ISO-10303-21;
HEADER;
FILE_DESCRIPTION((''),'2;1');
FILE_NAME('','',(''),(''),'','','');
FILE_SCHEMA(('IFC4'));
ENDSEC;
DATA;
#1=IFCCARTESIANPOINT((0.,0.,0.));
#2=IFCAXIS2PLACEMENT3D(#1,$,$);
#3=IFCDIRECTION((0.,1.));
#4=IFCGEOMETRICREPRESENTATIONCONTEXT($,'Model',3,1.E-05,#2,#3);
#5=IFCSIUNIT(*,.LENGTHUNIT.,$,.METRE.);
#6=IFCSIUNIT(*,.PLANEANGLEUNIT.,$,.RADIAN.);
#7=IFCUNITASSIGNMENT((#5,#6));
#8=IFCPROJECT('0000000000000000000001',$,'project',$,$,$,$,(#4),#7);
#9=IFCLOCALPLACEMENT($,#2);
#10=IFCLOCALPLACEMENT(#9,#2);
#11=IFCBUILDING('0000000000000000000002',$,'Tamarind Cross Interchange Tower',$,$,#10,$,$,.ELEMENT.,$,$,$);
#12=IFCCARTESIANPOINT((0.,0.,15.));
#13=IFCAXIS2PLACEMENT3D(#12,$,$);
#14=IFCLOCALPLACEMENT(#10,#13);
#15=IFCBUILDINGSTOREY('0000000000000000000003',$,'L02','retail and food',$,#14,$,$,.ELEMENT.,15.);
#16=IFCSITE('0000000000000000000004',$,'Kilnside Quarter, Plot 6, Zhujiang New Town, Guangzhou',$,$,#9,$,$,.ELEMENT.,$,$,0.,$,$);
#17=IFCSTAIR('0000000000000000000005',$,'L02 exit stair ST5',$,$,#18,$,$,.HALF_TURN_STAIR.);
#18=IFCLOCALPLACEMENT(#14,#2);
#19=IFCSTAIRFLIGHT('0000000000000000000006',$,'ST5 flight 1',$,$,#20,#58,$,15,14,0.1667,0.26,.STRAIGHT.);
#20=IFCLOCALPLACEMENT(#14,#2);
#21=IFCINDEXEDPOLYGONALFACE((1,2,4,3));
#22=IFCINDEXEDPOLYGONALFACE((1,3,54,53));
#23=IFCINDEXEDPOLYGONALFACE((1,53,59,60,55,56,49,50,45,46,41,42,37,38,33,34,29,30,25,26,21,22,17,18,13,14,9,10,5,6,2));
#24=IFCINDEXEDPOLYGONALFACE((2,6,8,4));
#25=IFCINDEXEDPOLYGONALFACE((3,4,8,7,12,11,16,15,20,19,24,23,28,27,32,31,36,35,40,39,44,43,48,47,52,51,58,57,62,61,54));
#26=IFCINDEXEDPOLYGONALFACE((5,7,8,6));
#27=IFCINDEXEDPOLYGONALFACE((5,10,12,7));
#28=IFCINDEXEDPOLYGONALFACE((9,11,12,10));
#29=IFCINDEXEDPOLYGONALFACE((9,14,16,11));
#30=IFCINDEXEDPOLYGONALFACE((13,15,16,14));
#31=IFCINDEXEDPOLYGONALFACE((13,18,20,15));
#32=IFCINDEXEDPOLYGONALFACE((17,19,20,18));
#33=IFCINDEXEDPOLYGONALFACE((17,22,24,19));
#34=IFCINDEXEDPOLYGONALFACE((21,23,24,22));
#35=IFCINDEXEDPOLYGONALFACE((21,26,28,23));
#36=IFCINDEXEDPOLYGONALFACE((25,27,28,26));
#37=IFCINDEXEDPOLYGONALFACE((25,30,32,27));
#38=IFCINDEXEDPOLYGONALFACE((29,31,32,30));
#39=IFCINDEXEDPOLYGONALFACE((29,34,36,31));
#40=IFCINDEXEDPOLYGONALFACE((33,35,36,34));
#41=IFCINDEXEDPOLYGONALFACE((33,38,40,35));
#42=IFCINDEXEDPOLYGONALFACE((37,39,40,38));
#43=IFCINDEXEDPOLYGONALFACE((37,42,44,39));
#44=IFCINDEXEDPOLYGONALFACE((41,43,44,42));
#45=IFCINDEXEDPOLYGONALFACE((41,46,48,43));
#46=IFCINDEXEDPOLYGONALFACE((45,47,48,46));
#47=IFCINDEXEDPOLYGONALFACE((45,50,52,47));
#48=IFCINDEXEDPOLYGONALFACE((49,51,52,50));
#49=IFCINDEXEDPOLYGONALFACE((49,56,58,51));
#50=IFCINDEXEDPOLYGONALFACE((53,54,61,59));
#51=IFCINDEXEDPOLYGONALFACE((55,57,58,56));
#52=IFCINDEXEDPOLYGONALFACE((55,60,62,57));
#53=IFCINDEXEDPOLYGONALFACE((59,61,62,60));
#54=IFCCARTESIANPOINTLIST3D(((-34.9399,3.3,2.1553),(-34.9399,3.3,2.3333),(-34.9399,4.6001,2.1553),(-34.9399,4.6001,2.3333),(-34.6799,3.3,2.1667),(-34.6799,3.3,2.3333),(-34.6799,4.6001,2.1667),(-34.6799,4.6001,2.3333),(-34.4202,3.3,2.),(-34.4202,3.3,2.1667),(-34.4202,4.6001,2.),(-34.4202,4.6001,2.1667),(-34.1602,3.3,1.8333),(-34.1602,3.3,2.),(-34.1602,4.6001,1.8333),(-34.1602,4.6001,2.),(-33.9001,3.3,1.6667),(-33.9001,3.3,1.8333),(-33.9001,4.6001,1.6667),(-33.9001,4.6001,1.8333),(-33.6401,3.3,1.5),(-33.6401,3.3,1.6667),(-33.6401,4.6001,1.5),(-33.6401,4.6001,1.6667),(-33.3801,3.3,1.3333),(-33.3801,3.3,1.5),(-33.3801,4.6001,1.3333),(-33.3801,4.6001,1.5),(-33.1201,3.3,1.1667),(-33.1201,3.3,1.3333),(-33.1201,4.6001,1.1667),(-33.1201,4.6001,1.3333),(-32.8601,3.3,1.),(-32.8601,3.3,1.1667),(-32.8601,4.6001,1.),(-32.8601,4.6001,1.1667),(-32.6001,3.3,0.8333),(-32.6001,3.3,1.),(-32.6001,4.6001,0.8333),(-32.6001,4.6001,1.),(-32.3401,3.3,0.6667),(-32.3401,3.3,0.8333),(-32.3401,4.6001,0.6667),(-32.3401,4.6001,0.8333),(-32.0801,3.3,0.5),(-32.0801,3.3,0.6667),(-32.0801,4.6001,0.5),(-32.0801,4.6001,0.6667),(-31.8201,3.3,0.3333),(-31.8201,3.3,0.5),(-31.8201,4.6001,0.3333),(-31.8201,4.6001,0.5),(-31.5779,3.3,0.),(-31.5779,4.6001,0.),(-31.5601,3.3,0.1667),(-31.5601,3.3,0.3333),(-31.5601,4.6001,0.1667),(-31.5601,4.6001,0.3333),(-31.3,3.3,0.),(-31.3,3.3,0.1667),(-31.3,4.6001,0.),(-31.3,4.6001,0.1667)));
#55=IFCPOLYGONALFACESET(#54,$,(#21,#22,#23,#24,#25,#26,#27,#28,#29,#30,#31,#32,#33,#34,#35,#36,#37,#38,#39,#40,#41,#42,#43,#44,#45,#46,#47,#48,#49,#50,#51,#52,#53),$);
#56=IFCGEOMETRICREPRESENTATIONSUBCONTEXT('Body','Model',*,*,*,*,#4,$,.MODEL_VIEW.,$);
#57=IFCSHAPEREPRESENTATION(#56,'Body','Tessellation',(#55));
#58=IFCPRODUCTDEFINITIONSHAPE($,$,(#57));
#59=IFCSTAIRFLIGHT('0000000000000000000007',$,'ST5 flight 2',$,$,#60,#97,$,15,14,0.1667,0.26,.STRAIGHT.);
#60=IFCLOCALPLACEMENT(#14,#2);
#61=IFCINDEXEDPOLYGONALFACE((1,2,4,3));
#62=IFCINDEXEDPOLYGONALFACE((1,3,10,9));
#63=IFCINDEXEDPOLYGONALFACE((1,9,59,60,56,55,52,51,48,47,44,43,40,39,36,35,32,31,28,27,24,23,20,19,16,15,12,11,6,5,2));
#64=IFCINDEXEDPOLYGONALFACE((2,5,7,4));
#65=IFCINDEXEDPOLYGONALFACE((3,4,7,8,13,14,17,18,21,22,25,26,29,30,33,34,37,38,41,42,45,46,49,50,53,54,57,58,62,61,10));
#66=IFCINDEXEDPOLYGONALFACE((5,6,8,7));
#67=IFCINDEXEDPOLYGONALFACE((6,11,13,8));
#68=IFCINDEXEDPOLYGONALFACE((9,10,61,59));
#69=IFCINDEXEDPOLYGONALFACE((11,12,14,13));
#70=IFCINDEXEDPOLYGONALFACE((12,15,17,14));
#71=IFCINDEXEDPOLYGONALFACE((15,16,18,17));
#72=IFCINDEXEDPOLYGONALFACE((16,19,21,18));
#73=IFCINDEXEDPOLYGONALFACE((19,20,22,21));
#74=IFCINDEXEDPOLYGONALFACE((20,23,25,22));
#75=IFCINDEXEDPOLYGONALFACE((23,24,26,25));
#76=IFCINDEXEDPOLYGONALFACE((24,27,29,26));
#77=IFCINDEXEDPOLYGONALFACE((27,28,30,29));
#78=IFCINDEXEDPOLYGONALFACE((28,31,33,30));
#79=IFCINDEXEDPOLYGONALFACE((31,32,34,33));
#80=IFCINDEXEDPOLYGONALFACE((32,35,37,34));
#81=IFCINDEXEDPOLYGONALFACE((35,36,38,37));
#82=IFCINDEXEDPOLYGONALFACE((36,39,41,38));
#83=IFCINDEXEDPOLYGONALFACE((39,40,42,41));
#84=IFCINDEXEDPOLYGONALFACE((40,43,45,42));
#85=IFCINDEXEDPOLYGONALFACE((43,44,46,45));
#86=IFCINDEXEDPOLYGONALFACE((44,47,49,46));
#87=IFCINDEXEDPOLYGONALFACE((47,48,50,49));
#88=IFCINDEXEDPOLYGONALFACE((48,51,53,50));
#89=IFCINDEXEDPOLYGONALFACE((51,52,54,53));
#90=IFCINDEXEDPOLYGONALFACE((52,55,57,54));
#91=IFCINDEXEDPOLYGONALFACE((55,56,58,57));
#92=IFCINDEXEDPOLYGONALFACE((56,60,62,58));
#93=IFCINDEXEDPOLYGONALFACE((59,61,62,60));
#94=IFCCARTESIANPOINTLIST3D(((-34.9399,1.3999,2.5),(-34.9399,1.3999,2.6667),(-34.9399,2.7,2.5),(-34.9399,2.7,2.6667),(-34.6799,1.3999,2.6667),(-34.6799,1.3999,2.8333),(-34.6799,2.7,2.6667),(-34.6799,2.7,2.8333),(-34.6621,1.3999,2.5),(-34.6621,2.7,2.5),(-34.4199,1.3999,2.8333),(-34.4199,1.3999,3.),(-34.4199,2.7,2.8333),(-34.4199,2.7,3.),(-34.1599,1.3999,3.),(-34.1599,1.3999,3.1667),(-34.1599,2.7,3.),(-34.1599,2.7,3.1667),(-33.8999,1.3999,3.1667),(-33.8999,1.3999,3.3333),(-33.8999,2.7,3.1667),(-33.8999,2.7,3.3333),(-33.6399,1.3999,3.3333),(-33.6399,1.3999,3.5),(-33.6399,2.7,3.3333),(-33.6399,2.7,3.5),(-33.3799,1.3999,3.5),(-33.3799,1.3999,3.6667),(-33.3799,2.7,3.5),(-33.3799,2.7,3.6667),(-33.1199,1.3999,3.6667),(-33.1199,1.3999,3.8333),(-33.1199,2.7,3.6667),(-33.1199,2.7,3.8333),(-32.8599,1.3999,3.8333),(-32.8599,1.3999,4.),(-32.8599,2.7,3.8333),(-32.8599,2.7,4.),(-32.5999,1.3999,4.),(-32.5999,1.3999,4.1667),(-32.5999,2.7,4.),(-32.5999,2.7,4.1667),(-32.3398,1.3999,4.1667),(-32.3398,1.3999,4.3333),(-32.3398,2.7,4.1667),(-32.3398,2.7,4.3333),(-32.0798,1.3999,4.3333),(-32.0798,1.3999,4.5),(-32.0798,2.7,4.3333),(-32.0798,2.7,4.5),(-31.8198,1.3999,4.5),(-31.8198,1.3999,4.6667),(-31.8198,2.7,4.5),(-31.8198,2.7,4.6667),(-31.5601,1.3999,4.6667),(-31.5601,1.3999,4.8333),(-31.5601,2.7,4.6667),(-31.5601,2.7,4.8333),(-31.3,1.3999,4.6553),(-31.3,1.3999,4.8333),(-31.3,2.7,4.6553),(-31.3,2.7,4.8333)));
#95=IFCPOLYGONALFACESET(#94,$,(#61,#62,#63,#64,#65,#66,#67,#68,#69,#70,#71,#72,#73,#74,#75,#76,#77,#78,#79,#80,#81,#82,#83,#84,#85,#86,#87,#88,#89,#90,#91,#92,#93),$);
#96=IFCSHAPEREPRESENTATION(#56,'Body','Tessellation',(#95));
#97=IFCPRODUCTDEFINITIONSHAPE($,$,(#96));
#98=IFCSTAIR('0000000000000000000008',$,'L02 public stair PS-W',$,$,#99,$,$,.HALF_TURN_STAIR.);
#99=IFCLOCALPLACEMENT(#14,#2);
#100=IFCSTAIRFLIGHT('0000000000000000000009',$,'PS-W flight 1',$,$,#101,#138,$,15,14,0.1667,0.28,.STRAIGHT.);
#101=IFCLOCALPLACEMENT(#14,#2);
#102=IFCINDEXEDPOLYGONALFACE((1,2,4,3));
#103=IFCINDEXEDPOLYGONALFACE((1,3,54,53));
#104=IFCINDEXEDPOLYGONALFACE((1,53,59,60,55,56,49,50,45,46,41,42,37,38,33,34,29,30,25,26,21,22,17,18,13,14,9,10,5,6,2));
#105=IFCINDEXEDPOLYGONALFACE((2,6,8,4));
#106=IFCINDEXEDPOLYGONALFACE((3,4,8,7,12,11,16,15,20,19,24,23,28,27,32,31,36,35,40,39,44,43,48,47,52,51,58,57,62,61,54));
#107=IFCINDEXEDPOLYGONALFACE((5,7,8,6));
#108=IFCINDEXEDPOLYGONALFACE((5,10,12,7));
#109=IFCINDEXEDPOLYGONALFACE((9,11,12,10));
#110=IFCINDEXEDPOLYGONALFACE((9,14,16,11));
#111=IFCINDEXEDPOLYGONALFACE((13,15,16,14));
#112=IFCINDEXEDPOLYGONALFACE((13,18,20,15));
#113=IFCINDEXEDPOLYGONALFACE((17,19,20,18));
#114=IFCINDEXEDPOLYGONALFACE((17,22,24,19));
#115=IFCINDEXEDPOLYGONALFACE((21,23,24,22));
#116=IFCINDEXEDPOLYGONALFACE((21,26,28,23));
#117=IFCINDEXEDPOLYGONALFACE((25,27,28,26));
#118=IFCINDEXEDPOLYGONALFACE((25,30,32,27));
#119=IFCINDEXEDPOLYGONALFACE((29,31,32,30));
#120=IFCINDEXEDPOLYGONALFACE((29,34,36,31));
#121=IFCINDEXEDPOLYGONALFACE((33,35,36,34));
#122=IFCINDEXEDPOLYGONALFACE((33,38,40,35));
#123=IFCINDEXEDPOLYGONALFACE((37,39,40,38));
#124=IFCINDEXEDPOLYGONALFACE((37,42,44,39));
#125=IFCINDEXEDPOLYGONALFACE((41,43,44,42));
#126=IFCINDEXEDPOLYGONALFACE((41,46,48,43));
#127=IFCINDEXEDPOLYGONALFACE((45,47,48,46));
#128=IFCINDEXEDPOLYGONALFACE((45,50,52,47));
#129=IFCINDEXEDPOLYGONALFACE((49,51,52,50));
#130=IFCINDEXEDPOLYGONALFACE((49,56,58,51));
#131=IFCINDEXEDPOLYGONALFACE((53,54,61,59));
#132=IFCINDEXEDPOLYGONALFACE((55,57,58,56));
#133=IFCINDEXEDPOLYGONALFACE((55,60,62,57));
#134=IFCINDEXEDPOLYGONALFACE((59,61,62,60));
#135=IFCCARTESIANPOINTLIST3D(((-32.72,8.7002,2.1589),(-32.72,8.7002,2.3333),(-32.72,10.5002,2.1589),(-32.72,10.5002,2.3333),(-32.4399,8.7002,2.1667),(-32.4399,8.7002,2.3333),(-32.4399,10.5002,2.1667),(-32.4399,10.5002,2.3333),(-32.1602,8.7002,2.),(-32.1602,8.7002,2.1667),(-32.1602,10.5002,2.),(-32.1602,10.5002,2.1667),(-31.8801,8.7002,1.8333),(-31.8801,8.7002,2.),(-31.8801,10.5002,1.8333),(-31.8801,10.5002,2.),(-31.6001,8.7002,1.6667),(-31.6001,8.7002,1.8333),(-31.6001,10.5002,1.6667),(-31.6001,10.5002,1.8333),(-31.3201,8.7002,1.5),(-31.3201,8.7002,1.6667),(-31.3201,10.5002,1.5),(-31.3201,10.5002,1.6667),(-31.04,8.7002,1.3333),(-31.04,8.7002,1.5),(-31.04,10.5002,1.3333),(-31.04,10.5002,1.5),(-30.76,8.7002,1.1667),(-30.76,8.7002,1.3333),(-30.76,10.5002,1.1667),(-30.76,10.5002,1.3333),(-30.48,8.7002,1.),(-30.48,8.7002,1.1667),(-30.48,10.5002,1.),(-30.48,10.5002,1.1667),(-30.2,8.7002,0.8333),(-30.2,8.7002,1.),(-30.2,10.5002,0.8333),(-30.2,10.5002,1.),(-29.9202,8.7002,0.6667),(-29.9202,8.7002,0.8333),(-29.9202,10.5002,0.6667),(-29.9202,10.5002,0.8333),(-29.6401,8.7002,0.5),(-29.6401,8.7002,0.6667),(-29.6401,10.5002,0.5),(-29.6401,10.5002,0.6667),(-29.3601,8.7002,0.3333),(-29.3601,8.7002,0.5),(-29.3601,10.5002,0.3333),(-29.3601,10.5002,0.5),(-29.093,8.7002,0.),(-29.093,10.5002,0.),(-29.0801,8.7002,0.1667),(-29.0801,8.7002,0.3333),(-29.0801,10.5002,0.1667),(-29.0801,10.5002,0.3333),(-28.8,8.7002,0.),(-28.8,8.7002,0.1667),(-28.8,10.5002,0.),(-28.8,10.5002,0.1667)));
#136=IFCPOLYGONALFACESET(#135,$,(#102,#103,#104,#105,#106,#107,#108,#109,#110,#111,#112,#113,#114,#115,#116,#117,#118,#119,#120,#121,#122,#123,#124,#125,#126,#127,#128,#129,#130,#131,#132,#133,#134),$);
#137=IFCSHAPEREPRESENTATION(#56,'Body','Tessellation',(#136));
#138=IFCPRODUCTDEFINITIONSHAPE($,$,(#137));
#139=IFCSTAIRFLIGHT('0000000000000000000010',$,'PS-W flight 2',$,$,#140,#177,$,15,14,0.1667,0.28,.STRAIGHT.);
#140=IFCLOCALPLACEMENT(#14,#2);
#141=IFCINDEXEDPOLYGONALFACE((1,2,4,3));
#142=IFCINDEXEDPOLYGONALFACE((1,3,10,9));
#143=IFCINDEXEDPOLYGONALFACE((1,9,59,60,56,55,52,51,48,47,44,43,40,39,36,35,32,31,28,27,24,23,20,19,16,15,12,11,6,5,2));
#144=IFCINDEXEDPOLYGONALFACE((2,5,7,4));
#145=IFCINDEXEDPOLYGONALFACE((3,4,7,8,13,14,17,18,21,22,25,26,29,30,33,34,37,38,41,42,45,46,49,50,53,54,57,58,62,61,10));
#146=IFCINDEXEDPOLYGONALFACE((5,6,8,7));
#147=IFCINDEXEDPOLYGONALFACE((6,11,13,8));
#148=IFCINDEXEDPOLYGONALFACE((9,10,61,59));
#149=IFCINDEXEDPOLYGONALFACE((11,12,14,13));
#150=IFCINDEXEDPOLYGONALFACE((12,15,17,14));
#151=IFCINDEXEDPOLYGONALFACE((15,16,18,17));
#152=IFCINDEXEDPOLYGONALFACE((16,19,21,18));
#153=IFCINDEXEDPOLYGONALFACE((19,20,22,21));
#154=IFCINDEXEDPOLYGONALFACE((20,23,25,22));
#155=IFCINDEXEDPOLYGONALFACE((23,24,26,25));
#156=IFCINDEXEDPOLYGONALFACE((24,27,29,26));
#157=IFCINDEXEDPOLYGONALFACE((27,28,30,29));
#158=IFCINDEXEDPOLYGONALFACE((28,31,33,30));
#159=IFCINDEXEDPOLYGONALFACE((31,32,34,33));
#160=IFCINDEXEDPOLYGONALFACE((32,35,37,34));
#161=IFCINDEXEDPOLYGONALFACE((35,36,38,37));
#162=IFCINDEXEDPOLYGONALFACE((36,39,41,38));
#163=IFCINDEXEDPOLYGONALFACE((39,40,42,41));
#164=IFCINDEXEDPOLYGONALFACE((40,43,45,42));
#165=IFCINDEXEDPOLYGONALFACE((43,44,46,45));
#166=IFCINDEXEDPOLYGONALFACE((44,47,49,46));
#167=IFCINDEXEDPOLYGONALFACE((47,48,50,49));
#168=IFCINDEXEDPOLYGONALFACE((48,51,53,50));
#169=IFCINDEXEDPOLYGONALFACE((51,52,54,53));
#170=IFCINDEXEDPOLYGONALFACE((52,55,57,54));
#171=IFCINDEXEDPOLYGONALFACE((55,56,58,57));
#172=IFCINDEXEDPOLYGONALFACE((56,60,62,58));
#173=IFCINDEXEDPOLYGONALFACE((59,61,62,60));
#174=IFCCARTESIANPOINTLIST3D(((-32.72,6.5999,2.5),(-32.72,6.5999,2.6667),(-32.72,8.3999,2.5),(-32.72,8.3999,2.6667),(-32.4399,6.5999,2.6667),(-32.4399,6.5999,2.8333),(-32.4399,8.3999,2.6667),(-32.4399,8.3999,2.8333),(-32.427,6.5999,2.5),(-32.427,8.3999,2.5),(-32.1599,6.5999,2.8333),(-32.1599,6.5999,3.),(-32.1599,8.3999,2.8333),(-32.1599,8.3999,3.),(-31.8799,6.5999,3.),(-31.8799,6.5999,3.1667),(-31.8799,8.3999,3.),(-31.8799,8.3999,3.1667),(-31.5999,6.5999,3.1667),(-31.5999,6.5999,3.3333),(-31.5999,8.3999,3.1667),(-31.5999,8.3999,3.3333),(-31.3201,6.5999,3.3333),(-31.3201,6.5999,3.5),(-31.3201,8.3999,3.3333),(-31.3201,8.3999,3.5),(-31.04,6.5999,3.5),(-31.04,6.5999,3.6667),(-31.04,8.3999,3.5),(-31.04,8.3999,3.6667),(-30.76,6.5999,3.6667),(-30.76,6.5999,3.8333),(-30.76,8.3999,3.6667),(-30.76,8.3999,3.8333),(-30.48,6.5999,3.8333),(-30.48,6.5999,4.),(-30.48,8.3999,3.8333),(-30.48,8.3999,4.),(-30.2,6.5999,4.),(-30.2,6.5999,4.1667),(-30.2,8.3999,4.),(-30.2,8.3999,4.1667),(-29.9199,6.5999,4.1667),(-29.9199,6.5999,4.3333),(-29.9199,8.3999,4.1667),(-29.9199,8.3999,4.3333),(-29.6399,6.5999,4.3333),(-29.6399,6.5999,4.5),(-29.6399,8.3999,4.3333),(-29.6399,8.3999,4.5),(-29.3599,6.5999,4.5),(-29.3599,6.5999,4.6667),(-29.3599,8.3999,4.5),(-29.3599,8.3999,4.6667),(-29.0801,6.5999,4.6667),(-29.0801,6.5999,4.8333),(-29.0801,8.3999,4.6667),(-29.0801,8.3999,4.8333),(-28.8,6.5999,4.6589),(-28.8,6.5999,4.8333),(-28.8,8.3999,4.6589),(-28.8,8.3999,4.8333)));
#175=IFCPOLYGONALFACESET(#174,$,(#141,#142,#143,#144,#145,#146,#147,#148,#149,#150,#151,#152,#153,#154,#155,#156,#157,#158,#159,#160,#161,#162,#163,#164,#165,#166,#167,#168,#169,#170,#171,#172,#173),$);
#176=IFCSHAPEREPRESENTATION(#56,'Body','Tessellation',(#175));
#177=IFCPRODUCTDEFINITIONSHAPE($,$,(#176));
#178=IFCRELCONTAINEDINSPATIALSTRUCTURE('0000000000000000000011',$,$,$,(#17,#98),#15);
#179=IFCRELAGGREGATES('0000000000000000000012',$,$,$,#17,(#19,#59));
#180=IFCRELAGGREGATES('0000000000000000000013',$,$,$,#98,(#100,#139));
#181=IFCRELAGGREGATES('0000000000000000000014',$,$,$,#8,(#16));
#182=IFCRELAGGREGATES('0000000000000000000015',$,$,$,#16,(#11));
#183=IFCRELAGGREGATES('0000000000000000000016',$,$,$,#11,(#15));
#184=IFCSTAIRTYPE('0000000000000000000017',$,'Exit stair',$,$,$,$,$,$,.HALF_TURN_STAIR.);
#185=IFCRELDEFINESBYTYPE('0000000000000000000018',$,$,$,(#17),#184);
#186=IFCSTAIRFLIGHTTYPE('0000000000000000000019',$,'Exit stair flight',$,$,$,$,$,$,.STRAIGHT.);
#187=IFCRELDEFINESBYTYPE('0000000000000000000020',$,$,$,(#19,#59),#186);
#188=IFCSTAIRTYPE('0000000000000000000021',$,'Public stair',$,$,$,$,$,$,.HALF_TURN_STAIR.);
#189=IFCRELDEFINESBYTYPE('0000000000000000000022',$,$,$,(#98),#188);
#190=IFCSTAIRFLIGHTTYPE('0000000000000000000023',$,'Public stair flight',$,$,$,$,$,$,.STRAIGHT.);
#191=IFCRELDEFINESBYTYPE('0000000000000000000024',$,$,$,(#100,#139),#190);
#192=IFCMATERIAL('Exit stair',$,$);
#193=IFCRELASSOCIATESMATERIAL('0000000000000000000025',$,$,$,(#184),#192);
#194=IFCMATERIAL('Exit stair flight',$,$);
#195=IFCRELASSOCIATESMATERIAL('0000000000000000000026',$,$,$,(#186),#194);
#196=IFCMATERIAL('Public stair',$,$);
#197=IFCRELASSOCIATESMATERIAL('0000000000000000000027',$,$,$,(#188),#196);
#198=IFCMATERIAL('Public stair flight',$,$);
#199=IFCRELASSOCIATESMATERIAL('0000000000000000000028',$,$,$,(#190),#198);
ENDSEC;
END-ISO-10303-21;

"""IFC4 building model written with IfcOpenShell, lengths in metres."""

from ifc_helpers import new_model, si_unit, direction, frame, origin, place, context, subcontext, project, spatial, polyline, outline, extrude, material, type_object, element, aggregate, save


model = new_model("IFC4")

# Units and contexts
model_context = context("Model", 3, precision=1e-05, world=origin(), true_north=direction((0.0, 1.0)))
body_context = subcontext(model_context, "Body", "Model", "MODEL_VIEW")
ifc_project = project(units=[si_unit("LENGTHUNIT", "METRE"), si_unit("PLANEANGLEUNIT", "RADIAN")], contexts=[model_context])

# Site, building, storey
site_placement = place(None, origin())
site = spatial("IfcSite", under=ifc_project, at=site_placement, Name="Kilnside Quarter, Plot 6, Zhujiang New Town, Guangzhou", CompositionType="ELEMENT", RefElevation=0.0)
building_placement = place(site_placement, origin())
building = spatial("IfcBuilding", under=site, at=building_placement, Name="Tamarind Cross Interchange Tower", CompositionType="ELEMENT")
storey_placement = place(building_placement, frame((0.0, 0.0, 15.0)))
storey = spatial("IfcBuildingStorey", under=building, at=storey_placement, Name="L02", Description="retail and food", CompositionType="ELEMENT", Elevation=15.0)

# Stairs, stair flights
ifc_material_1 = material(Name="Exit stair")
stair_type_1 = type_object("IfcStairType", Name="Exit stair", PredefinedType="HALF_TURN_STAIR", material=ifc_material_1)
stair_1_placement = place(storey_placement, origin())
stair_1 = element("IfcStair", 1, at=stair_1_placement, inside=storey, type_object=stair_type_1, Name="L02 exit stair ST5", PredefinedType="HALF_TURN_STAIR")
ifc_material_2 = material(Name="Exit stair flight")
stair_flight_type_1 = type_object("IfcStairFlightType", Name="Exit stair flight", PredefinedType="STRAIGHT", material=ifc_material_2)
stair_flight_1_placement = place(storey_placement, frame((-31.3, 3.95, 0.0), z_axis=(0.0, 0.0, 1.0), x_axis=(-1.0, 0.0, 0.0)))
stair_flight_1 = element("IfcStairFlight", 2, at=stair_flight_1_placement, type_object=stair_flight_type_1, Name="ST5 flight 1", NumberOfRisers=15, NumberOfTreads=14, PredefinedType="STRAIGHT", RiserHeight=0.1667, TreadLength=0.26, context=body_context, shape_type="SweptSolid", body=[
    extrude(outline(polyline([(0.0, 0.0), (0.0, 0.1667), (0.26, 0.1667), (0.26, 0.3333), (0.52, 0.3333), (0.52, 0.5), (0.78, 0.5), (0.78, 0.6667), (1.04, 0.6667), (1.04, 0.8333), (1.3, 0.8333), (1.3, 1.0), (1.5601, 1.0), (1.5601, 1.1667), (1.8201, 1.1667), (1.8201, 1.3333), (2.0801, 1.3333), (2.0801, 1.5), (2.3401, 1.5), (2.3401, 1.6667), (2.6001, 1.6667), (2.6001, 1.8333), (2.8601, 1.8333), (2.8601, 2.0), (3.1201, 2.0), (3.1201, 2.1667), (3.3799, 2.1667), (3.3799, 2.3333), (3.6399, 2.3333), (3.6399, 2.5), (3.6399, 2.1553), (0.2778, 0.0), (0.0, 0.0)])), frame((0.0, 0.6499, 0.0), z_axis=(0.0, -1.0, 0.0), x_axis=(1.0, 0.0, 0.0)), (0.0, 0.0, 1.0), 1.3),
])
stair_flight_2_placement = place(storey_placement, frame((-34.9399, 2.05, 2.5), z_axis=(0.0, 0.0, 1.0), x_axis=(1.0, 0.0, 0.0)))
stair_flight_2 = element("IfcStairFlight", 3, at=stair_flight_2_placement, type_object=stair_flight_type_1, Name="ST5 flight 2", NumberOfRisers=15, NumberOfTreads=14, PredefinedType="STRAIGHT", RiserHeight=0.1667, TreadLength=0.26, context=body_context, shape_type="SweptSolid", body=[
    extrude(outline(polyline([(0.0, 0.0), (0.0, 0.1667), (0.26, 0.1667), (0.26, 0.3333), (0.52, 0.3333), (0.52, 0.5), (0.78, 0.5), (0.78, 0.6667), (1.04, 0.6667), (1.04, 0.8333), (1.3, 0.8333), (1.3, 1.0), (1.5601, 1.0), (1.5601, 1.1667), (1.8201, 1.1667), (1.8201, 1.3333), (2.0801, 1.3333), (2.0801, 1.5), (2.3401, 1.5), (2.3401, 1.6667), (2.6001, 1.6667), (2.6001, 1.8333), (2.8601, 1.8333), (2.8601, 2.0), (3.1201, 2.0), (3.1201, 2.1667), (3.3799, 2.1667), (3.3799, 2.3333), (3.6399, 2.3333), (3.6399, 2.5), (3.6399, 2.1553), (0.2778, 0.0), (0.0, 0.0)])), frame((0.0, 0.6499, 0.0), z_axis=(0.0, -1.0, 0.0), x_axis=(1.0, 0.0, 0.0)), (0.0, 0.0, 1.0), 1.3),
])
aggregate(stair_1, [stair_flight_1, stair_flight_2])
ifc_material_3 = material(Name="Public stair")
stair_type_2 = type_object("IfcStairType", Name="Public stair", PredefinedType="HALF_TURN_STAIR", material=ifc_material_3)
stair_2_placement = place(storey_placement, origin())
stair_2 = element("IfcStair", 4, at=stair_2_placement, inside=storey, type_object=stair_type_2, Name="L02 public stair PS-W", PredefinedType="HALF_TURN_STAIR")
ifc_material_4 = material(Name="Public stair flight")
stair_flight_type_2 = type_object("IfcStairFlightType", Name="Public stair flight", PredefinedType="STRAIGHT", material=ifc_material_4)
stair_flight_3_placement = place(storey_placement, frame((-28.8, 9.6001, 0.0), z_axis=(0.0, 0.0, 1.0), x_axis=(-1.0, 0.0, 0.0)))
stair_flight_3 = element("IfcStairFlight", 5, at=stair_flight_3_placement, type_object=stair_flight_type_2, Name="PS-W flight 1", NumberOfRisers=15, NumberOfTreads=14, PredefinedType="STRAIGHT", RiserHeight=0.1667, TreadLength=0.28, context=body_context, shape_type="SweptSolid", body=[
    extrude(outline(polyline([(0.0, 0.0), (0.0, 0.1667), (0.28, 0.1667), (0.28, 0.3333), (0.5601, 0.3333), (0.5601, 0.5), (0.8401, 0.5), (0.8401, 0.6667), (1.1201, 0.6667), (1.1201, 0.8333), (1.3999, 0.8333), (1.3999, 1.0), (1.6799, 1.0), (1.6799, 1.1667), (1.96, 1.1667), (1.96, 1.3333), (2.24, 1.3333), (2.24, 1.5), (2.52, 1.5), (2.52, 1.6667), (2.8, 1.6667), (2.8, 1.8333), (3.0801, 1.8333), (3.0801, 2.0), (3.3601, 2.0), (3.3601, 2.1667), (3.6399, 2.1667), (3.6399, 2.3333), (3.9199, 2.3333), (3.9199, 2.5), (3.9199, 2.1589), (0.293, 0.0), (0.0, 0.0)])), frame((0.0, 0.8999, 0.0), z_axis=(0.0, -1.0, 0.0), x_axis=(1.0, 0.0, 0.0)), (0.0, 0.0, 1.0), 1.8),
])
stair_flight_4_placement = place(storey_placement, frame((-32.72, 7.5, 2.5), z_axis=(0.0, 0.0, 1.0), x_axis=(1.0, 0.0, 0.0)))
stair_flight_4 = element("IfcStairFlight", 6, at=stair_flight_4_placement, type_object=stair_flight_type_2, Name="PS-W flight 2", NumberOfRisers=15, NumberOfTreads=14, PredefinedType="STRAIGHT", RiserHeight=0.1667, TreadLength=0.28, context=body_context, shape_type="SweptSolid", body=[
    extrude(outline(polyline([(0.0, 0.0), (0.0, 0.1667), (0.28, 0.1667), (0.28, 0.3333), (0.5601, 0.3333), (0.5601, 0.5), (0.8401, 0.5), (0.8401, 0.6667), (1.1201, 0.6667), (1.1201, 0.8333), (1.3999, 0.8333), (1.3999, 1.0), (1.6799, 1.0), (1.6799, 1.1667), (1.96, 1.1667), (1.96, 1.3333), (2.24, 1.3333), (2.24, 1.5), (2.52, 1.5), (2.52, 1.6667), (2.8, 1.6667), (2.8, 1.8333), (3.0801, 1.8333), (3.0801, 2.0), (3.3601, 2.0), (3.3601, 2.1667), (3.6399, 2.1667), (3.6399, 2.3333), (3.9199, 2.3333), (3.9199, 2.5), (3.9199, 2.1589), (0.293, 0.0), (0.0, 0.0)])), frame((0.0, 0.8999, 0.0), z_axis=(0.0, -1.0, 0.0), x_axis=(1.0, 0.0, 0.0)), (0.0, 0.0, 1.0), 1.8),
])
aggregate(stair_2, [stair_flight_3, stair_flight_4])

save(model, "model.ifc")
